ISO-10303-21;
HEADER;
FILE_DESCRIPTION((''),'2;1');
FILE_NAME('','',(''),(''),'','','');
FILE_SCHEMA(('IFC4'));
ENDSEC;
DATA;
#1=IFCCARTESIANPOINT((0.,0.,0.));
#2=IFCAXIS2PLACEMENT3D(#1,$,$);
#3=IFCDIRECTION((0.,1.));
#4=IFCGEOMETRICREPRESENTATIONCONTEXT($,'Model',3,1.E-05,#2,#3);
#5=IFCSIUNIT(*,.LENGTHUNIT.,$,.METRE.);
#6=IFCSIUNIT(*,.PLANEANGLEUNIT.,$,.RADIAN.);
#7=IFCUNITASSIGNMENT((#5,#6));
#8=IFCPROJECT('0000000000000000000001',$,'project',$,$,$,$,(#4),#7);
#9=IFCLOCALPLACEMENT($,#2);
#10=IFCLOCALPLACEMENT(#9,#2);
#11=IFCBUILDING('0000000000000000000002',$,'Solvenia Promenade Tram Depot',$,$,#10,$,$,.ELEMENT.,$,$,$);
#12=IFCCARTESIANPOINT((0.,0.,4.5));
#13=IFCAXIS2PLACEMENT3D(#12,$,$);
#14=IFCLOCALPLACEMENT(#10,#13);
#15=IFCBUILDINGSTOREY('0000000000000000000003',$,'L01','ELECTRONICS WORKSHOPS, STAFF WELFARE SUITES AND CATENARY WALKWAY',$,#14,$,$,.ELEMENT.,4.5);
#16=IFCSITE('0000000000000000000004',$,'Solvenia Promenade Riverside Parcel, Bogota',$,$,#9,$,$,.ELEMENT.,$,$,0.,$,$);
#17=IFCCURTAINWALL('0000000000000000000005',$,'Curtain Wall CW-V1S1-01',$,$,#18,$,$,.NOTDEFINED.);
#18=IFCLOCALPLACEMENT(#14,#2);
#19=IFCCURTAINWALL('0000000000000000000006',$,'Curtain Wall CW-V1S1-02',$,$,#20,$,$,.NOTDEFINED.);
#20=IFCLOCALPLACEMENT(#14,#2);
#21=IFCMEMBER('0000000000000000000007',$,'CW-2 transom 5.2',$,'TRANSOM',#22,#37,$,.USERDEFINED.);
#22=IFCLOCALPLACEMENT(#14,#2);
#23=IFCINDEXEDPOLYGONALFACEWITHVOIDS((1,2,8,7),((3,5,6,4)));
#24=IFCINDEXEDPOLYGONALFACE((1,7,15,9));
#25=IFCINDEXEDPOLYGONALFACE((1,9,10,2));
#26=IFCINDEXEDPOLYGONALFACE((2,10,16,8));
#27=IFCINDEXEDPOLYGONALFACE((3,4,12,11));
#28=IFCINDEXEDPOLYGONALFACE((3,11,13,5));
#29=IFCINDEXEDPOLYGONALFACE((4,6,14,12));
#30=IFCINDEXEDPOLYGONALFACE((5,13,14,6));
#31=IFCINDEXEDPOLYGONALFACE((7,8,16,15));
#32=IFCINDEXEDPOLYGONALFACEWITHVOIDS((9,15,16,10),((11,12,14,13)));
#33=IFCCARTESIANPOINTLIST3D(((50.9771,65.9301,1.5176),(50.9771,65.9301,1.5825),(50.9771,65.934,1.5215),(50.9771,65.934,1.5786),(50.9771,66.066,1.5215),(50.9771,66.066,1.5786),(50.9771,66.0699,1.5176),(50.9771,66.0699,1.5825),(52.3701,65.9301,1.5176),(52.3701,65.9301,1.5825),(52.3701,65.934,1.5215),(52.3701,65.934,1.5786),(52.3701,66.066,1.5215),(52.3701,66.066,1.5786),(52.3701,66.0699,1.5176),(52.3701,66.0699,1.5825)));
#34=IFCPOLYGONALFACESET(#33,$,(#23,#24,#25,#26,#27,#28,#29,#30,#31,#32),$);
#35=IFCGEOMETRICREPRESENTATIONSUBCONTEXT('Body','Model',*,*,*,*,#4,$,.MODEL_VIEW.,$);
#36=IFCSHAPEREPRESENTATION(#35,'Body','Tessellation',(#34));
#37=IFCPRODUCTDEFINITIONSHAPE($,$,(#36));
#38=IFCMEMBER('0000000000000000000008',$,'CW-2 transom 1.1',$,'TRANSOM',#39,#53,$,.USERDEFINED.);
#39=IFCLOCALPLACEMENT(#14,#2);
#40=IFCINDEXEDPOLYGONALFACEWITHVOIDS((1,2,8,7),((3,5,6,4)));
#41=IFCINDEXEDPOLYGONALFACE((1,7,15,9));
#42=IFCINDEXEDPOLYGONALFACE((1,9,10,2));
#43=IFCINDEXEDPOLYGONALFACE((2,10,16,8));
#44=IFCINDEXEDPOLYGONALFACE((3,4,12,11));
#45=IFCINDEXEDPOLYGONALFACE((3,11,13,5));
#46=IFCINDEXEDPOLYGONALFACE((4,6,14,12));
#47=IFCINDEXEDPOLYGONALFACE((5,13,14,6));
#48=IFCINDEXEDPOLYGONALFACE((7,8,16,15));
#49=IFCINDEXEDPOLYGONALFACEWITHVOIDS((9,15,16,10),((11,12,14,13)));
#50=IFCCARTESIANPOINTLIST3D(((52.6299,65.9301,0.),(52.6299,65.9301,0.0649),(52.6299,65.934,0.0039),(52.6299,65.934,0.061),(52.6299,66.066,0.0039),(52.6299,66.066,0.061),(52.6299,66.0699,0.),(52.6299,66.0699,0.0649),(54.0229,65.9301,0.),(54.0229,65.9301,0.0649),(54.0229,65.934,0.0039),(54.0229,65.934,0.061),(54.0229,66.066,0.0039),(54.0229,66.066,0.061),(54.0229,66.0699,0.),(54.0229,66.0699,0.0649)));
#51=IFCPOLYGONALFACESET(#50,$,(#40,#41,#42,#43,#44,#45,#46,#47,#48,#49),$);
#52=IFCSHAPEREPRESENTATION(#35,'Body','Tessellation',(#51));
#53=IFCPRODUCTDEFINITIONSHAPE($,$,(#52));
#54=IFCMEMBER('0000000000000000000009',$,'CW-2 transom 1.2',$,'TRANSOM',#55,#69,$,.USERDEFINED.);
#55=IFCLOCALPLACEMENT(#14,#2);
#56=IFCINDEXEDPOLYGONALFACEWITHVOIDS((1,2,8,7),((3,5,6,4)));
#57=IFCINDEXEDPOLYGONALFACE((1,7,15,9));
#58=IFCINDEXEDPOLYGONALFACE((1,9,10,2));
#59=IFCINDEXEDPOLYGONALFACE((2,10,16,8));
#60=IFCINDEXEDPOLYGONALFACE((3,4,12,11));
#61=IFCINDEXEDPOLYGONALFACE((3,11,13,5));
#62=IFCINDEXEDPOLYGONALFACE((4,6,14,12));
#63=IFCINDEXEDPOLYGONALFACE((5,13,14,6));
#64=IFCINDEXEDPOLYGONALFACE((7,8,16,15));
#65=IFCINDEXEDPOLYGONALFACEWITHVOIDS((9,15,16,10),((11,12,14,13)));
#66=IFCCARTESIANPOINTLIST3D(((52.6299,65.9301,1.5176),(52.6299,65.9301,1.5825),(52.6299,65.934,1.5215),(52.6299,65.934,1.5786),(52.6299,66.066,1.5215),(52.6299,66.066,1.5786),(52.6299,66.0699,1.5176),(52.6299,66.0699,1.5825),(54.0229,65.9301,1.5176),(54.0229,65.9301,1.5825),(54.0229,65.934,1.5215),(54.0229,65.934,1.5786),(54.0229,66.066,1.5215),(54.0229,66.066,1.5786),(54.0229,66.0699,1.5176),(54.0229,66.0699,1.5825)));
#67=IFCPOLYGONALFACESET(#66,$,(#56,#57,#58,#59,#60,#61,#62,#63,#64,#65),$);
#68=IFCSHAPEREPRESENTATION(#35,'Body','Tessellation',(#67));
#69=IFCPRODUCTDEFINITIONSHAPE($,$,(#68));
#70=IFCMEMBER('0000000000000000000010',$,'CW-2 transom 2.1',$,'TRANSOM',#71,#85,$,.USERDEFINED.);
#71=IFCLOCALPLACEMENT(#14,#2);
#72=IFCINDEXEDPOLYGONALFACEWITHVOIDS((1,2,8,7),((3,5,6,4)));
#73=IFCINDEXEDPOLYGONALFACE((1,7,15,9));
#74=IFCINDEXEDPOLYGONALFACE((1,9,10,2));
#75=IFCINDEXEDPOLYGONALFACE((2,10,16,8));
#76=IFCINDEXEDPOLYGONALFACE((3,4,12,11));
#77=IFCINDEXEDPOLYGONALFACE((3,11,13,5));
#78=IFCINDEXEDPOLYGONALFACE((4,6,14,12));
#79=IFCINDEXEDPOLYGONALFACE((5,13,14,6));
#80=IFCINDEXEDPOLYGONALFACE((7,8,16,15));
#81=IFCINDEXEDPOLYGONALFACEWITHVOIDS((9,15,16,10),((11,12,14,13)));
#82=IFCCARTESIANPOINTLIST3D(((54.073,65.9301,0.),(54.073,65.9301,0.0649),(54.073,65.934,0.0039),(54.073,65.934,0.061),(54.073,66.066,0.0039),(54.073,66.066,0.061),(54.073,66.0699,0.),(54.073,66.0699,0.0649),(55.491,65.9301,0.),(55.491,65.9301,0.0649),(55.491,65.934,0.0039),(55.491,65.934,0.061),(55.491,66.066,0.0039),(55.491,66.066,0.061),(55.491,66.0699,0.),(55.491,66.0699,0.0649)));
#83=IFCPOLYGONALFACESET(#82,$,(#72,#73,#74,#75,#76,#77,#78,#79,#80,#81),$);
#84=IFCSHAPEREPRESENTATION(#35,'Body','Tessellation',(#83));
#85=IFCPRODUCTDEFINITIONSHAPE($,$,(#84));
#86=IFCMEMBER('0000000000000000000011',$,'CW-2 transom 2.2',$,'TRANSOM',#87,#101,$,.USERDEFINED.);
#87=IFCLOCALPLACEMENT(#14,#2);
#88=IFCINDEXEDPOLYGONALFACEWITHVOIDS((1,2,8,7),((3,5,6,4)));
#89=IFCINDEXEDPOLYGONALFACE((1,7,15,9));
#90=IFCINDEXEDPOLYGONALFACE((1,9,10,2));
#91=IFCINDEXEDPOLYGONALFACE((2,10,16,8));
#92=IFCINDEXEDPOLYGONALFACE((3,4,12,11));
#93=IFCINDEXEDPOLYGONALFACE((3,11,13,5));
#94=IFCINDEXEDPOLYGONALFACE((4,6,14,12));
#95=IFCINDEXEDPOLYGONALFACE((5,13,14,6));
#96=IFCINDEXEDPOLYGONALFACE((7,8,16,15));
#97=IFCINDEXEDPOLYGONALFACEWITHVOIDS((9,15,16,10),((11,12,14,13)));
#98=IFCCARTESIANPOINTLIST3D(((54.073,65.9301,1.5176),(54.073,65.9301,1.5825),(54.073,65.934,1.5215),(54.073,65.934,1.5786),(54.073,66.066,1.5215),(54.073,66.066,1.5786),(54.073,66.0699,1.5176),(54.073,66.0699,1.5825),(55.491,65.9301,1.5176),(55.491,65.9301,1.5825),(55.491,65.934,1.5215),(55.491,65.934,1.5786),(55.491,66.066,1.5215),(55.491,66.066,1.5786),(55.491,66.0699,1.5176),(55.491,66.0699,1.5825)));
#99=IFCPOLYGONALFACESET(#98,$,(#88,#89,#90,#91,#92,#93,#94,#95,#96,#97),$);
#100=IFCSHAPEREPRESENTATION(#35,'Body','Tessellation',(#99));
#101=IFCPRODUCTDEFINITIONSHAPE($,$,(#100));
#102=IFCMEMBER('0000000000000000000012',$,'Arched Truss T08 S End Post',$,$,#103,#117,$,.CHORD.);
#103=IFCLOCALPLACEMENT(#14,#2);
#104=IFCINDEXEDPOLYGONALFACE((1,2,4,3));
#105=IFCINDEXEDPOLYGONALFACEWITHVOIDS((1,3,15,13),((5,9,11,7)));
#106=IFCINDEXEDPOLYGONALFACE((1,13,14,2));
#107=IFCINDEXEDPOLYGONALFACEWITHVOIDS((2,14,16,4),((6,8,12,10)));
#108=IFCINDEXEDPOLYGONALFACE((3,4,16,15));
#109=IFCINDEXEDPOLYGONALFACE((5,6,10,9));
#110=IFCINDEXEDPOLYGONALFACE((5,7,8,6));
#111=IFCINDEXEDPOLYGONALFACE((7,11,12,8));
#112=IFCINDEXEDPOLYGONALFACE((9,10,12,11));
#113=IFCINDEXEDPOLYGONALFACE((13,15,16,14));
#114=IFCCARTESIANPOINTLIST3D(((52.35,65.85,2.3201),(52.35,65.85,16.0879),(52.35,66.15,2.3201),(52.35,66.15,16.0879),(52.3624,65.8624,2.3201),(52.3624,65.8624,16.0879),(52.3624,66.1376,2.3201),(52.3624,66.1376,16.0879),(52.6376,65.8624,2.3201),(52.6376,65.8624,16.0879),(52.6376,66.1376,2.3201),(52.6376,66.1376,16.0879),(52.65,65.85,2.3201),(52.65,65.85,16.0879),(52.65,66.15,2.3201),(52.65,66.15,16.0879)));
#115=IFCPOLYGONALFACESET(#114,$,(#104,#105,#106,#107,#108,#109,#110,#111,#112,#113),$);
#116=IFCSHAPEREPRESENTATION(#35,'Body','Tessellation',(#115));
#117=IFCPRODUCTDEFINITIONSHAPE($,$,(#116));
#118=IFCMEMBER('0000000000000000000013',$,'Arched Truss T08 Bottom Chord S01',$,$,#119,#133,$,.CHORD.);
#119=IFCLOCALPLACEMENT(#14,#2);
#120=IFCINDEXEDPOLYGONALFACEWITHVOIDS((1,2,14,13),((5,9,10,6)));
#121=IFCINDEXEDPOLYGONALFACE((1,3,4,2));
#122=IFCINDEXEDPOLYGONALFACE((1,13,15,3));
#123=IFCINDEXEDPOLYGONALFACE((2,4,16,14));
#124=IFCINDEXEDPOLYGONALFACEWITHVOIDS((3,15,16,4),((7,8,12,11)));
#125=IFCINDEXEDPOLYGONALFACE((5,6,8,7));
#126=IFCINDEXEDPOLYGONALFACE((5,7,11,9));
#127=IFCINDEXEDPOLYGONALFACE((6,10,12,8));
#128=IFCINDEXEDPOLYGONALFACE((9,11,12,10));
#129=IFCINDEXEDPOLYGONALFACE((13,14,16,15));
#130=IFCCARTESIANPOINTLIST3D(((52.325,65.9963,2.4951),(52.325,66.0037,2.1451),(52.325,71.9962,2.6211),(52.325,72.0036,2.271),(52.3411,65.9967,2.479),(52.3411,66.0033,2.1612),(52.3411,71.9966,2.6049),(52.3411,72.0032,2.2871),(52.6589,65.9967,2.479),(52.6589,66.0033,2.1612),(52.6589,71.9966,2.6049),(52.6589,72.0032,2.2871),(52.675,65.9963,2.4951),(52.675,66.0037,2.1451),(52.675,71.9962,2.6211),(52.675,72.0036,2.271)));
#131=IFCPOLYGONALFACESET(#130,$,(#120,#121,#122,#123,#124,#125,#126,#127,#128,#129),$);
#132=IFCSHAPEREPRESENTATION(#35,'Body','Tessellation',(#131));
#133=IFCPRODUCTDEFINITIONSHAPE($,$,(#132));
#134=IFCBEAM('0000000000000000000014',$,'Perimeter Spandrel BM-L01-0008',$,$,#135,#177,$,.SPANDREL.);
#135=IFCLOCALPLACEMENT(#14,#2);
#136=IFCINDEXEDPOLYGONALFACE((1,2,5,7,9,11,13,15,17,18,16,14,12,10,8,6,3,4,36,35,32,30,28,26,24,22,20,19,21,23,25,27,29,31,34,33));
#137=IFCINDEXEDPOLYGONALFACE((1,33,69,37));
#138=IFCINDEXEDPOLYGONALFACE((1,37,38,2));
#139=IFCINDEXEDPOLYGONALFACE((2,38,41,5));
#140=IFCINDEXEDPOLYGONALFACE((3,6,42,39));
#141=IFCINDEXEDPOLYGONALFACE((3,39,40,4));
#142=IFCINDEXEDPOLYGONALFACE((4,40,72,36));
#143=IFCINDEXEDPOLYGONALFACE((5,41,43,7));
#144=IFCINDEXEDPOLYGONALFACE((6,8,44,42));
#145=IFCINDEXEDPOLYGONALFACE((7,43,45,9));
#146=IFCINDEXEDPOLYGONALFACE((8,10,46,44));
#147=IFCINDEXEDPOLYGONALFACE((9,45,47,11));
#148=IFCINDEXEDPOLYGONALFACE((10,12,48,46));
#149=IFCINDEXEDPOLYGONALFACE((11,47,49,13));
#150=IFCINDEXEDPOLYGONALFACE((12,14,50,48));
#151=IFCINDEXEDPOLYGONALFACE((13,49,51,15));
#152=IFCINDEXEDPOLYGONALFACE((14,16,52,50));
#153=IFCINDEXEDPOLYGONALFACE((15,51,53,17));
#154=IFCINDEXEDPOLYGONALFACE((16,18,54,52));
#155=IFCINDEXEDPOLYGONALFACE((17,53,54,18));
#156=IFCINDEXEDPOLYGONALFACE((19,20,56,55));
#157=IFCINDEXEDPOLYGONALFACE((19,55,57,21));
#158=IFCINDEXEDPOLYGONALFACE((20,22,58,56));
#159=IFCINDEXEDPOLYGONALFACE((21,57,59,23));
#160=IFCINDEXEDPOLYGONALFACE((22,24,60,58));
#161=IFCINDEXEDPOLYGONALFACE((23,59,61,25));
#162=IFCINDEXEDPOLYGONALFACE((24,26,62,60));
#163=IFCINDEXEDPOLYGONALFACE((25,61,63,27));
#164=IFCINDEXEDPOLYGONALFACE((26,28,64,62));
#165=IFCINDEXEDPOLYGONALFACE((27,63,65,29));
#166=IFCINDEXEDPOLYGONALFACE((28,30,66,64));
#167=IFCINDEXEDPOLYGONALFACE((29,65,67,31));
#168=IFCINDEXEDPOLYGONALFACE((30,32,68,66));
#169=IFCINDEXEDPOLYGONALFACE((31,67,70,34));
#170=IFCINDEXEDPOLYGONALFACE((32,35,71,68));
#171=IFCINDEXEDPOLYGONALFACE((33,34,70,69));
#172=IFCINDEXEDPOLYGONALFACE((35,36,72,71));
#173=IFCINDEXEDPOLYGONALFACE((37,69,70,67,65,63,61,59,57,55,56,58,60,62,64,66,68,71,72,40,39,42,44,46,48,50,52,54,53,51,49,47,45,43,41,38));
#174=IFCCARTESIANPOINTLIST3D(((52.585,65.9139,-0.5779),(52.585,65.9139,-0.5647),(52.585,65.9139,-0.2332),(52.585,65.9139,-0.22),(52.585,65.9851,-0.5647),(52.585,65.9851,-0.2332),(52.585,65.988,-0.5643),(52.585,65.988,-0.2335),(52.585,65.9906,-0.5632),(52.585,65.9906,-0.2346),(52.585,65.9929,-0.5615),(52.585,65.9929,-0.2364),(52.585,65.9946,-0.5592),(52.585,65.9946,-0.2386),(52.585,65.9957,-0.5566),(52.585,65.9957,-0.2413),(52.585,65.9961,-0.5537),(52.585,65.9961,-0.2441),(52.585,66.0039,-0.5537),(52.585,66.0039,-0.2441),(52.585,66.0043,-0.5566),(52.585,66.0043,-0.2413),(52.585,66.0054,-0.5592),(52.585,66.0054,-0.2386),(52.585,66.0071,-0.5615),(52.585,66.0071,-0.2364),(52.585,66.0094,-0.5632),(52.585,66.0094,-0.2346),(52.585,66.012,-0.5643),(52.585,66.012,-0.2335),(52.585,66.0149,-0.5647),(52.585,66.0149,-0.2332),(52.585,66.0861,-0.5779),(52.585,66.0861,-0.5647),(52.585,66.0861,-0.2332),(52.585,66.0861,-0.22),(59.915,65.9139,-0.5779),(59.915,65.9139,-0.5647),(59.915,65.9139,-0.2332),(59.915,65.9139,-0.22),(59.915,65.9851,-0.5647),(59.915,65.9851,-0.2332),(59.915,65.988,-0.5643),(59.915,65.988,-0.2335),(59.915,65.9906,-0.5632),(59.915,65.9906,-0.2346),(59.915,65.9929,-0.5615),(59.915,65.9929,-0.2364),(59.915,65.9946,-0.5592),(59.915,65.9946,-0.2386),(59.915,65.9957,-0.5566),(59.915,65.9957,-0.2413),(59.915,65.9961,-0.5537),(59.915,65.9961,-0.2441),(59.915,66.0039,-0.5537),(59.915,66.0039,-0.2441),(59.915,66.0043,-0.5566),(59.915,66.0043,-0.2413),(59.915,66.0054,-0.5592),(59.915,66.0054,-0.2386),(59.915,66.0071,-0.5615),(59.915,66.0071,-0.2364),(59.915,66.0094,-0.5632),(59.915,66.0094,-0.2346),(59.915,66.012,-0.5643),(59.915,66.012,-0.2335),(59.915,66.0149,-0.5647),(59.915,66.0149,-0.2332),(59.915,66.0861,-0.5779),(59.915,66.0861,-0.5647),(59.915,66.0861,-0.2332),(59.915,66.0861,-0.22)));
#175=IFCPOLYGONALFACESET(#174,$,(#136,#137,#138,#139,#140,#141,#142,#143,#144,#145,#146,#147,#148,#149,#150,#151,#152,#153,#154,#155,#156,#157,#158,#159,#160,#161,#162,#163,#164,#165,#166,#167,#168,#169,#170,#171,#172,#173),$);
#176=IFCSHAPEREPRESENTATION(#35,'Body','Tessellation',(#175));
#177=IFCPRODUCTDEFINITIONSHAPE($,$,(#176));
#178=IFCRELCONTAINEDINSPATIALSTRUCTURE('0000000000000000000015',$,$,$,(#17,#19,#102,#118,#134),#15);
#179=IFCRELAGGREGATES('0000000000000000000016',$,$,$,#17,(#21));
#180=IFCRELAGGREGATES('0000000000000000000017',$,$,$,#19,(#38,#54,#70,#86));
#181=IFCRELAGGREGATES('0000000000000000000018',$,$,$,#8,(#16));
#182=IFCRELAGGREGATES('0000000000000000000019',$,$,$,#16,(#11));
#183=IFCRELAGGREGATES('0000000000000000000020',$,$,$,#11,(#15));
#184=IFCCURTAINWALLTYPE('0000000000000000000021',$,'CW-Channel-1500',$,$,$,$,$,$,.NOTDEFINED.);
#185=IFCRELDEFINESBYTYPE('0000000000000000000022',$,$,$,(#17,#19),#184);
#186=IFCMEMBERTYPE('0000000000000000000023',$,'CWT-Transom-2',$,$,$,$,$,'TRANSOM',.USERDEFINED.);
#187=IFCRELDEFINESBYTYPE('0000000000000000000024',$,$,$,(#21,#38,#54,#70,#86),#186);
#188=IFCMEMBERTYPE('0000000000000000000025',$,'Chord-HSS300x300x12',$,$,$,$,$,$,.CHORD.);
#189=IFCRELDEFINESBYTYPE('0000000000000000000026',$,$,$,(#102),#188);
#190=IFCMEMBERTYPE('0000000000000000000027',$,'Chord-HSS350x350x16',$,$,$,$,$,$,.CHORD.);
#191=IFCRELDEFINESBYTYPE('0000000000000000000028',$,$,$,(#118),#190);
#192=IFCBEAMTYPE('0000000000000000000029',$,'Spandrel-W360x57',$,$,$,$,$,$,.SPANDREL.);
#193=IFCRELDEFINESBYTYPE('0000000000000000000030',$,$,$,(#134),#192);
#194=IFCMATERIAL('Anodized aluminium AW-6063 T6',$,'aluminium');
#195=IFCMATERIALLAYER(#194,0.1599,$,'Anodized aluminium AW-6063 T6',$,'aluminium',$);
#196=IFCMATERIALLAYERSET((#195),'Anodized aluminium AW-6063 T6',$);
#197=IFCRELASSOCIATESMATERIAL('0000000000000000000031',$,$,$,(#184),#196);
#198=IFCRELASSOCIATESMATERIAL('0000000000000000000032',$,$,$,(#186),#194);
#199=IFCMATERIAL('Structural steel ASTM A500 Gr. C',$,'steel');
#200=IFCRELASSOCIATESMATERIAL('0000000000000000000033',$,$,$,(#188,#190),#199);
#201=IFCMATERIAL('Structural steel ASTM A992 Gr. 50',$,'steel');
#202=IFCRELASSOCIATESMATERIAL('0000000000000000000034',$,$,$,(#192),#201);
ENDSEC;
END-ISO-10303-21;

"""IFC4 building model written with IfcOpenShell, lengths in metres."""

from ifc_helpers import new_model, si_unit, direction, frame, origin, origin_2d, place, context, subcontext, project, spatial, hollow_rectangle, i_section, extrude, material, layer, layer_set, material_profile, profile_set, type_object, element, aggregate, save


model = new_model("IFC4")

# Units and contexts
model_context = context("Model", 3, precision=1e-05, world=origin(), true_north=direction((0.0, 1.0)))
body_context = subcontext(model_context, "Body", "Model", "MODEL_VIEW")
ifc_project = project(units=[si_unit("LENGTHUNIT", "METRE"), si_unit("PLANEANGLEUNIT", "RADIAN")], contexts=[model_context])

# Site, building, storey
site_placement = place(None, origin())
site = spatial("IfcSite", under=ifc_project, at=site_placement, Name="Solvenia Promenade Riverside Parcel, Bogota", CompositionType="ELEMENT", RefElevation=0.0)
building_placement = place(site_placement, origin())
building = spatial("IfcBuilding", under=site, at=building_placement, Name="Solvenia Promenade Tram Depot", CompositionType="ELEMENT")
storey_placement = place(building_placement, frame((0.0, 0.0, 4.5)))
storey = spatial("IfcBuildingStorey", under=building, at=storey_placement, Name="L01", Description="ELECTRONICS WORKSHOPS, STAFF WELFARE SUITES AND CATENARY WALKWAY", CompositionType="ELEMENT", Elevation=4.5)

# Shared definitions
ifc_material_1 = material(Name="Structural steel ASTM A992 Gr. 50", Category="steel")

# Shared definitions
ifc_material_2 = material(Name="Structural steel ASTM A500 Gr. C", Category="steel")

# Curtain walls
ifc_material_3 = material(Name="Anodized aluminium AW-6063 T6", Category="aluminium")
ifc_layer_1 = layer(ifc_material_3, 0.1599, Name="Anodized aluminium AW-6063 T6", Category="aluminium")
ifc_layer_set_1 = layer_set([ifc_layer_1], Name="Anodized aluminium AW-6063 T6")
curtain_wall_type = type_object("IfcCurtainWallType", Name="CW-Channel-1500", PredefinedType="NOTDEFINED", material=ifc_layer_set_1)
curtain_wall_1_placement = place(storey_placement, origin())
curtain_wall_1 = element("IfcCurtainWall", 1, at=curtain_wall_1_placement, inside=storey, type_object=curtain_wall_type, Name="Curtain Wall CW-V1S1-01", PredefinedType="NOTDEFINED")
curtain_wall_2_placement = place(storey_placement, origin())
curtain_wall_2 = element("IfcCurtainWall", 2, at=curtain_wall_2_placement, inside=storey, type_object=curtain_wall_type, Name="Curtain Wall CW-V1S1-02", PredefinedType="NOTDEFINED")

# Members
ifc_material_profile_1 = material_profile(ifc_material_3, hollow_rectangle(XDim=0.1399, YDim=0.0649, WallThickness=0.0039, at=origin_2d()), Name="ALU-T2", Category="aluminium")
ifc_profile_set_1 = profile_set([ifc_material_profile_1], Name="Anodized aluminium AW-6063 T6")
member_type_1 = type_object("IfcMemberType", Name="CWT-Transom-2", ElementType="TRANSOM", PredefinedType="USERDEFINED", material=ifc_profile_set_1)
member_1_placement = place(storey_placement, frame((50.9771, 66.0, 1.55), z_axis=(1.0, 0.0, 0.0), x_axis=(0.0, 1.0, 0.0)))
member_1 = element("IfcMember", 3, at=member_1_placement, type_object=member_type_1, Name="CW-2 transom 5.2", ObjectType="TRANSOM", PredefinedType="USERDEFINED", context=body_context, shape_type="SweptSolid", body=[
    extrude(hollow_rectangle(XDim=0.1399, YDim=0.0649, WallThickness=0.0039, at=origin_2d()), origin(), (0.0, 0.0, 1.0), 1.3931),
])
member_2_placement = place(storey_placement, frame((52.6299, 66.0, 0.0325), z_axis=(1.0, 0.0, 0.0), x_axis=(0.0, 1.0, 0.0)))
member_2 = element("IfcMember", 4, at=member_2_placement, type_object=member_type_1, Name="CW-2 transom 1.1", ObjectType="TRANSOM", PredefinedType="USERDEFINED", context=body_context, shape_type="SweptSolid", body=[
    extrude(hollow_rectangle(XDim=0.1399, YDim=0.0649, WallThickness=0.0039, at=origin_2d()), origin(), (0.0, 0.0, 1.0), 1.3931),
])
member_3_placement = place(storey_placement, frame((52.6299, 66.0, 1.55), z_axis=(1.0, 0.0, 0.0), x_axis=(0.0, 1.0, 0.0)))
member_3 = element("IfcMember", 5, at=member_3_placement, type_object=member_type_1, Name="CW-2 transom 1.2", ObjectType="TRANSOM", PredefinedType="USERDEFINED", context=body_context, shape_type="SweptSolid", body=[
    extrude(hollow_rectangle(XDim=0.1399, YDim=0.0649, WallThickness=0.0039, at=origin_2d()), origin(), (0.0, 0.0, 1.0), 1.3931),
])
member_4_placement = place(storey_placement, frame((54.073, 66.0, 0.0325), z_axis=(1.0, 0.0, 0.0), x_axis=(0.0, 1.0, 0.0)))
member_4 = element("IfcMember", 6, at=member_4_placement, type_object=member_type_1, Name="CW-2 transom 2.1", ObjectType="TRANSOM", PredefinedType="USERDEFINED", context=body_context, shape_type="SweptSolid", body=[
    extrude(hollow_rectangle(XDim=0.1399, YDim=0.0649, WallThickness=0.0039, at=origin_2d()), origin(), (0.0, 0.0, 1.0), 1.418),
])
member_5_placement = place(storey_placement, frame((54.073, 66.0, 1.55), z_axis=(1.0, 0.0, 0.0), x_axis=(0.0, 1.0, 0.0)))
member_5 = element("IfcMember", 7, at=member_5_placement, type_object=member_type_1, Name="CW-2 transom 2.2", ObjectType="TRANSOM", PredefinedType="USERDEFINED", context=body_context, shape_type="SweptSolid", body=[
    extrude(hollow_rectangle(XDim=0.1399, YDim=0.0649, WallThickness=0.0039, at=origin_2d()), origin(), (0.0, 0.0, 1.0), 1.418),
])

# Members
ifc_material_profile_2 = material_profile(ifc_material_2, hollow_rectangle(XDim=0.3, YDim=0.3, WallThickness=0.0125, at=origin_2d()), Name="HSS300x300x12.5", Category="steel")
ifc_profile_set_2 = profile_set([ifc_material_profile_2], Name="Structural steel ASTM A500 Gr. C")
member_type_2 = type_object("IfcMemberType", Name="Chord-HSS300x300x12", PredefinedType="CHORD", material=ifc_profile_set_2)
member_6_placement = place(storey_placement, frame((52.5, 66.0, 2.3201), z_axis=(0.0, 0.0, 1.0), x_axis=(1.0, 0.0, 0.0)))
element("IfcMember", 8, at=member_6_placement, inside=storey, type_object=member_type_2, Name="Arched Truss T08 S End Post", PredefinedType="CHORD", context=body_context, shape_type="SweptSolid", body=[
    extrude(hollow_rectangle(XDim=0.3, YDim=0.3, WallThickness=0.0125, at=origin_2d()), origin(), (0.0, 0.0, 1.0), 13.7678),
])
ifc_material_profile_3 = material_profile(ifc_material_2, hollow_rectangle(XDim=0.3501, YDim=0.3501, WallThickness=0.0161, at=origin_2d()), Name="HSS350x350x16", Category="steel")
ifc_profile_set_3 = profile_set([ifc_material_profile_3], Name="Structural steel ASTM A500 Gr. C")
member_type_3 = type_object("IfcMemberType", Name="Chord-HSS350x350x16", PredefinedType="CHORD", material=ifc_profile_set_3)
member_7_placement = place(storey_placement, frame((52.5, 66.0, 2.3201), z_axis=(0.0, 0.99978, 0.020991), x_axis=(-1.0, 0.0, 0.0)))
element("IfcMember", 9, at=member_7_placement, inside=storey, type_object=member_type_3, Name="Arched Truss T08 Bottom Chord S01", PredefinedType="CHORD", context=body_context, shape_type="SweptSolid", body=[
    extrude(hollow_rectangle(XDim=0.3501, YDim=0.3501, WallThickness=0.0161, at=origin_2d()), origin(), (0.0, 0.0, 1.0), 6.0012),
])

# Beam
ifc_material_profile_4 = material_profile(ifc_material_1, i_section(OverallWidth=0.1721, OverallDepth=0.3579, WebThickness=0.0078, FlangeThickness=0.0132, FilletRadius=0.011, at=origin_2d()), Name="W360x57", Category="steel")
ifc_profile_set_4 = profile_set([ifc_material_profile_4], Name="Structural steel ASTM A992 Gr. 50")
beam_type = type_object("IfcBeamType", Name="Spandrel-W360x57", PredefinedType="SPANDREL", material=ifc_profile_set_4)
beam_placement = place(storey_placement, frame((52.585, 66.0, -0.3989), z_axis=(1.0, 0.0, 0.0), x_axis=(0.0, 1.0, 0.0)))
element("IfcBeam", 10, at=beam_placement, inside=storey, type_object=beam_type, Name="Perimeter Spandrel BM-L01-0008", PredefinedType="SPANDREL", context=body_context, shape_type="SweptSolid", body=[
    extrude(i_section(OverallWidth=0.1721, OverallDepth=0.3579, WebThickness=0.0078, FlangeThickness=0.0132, FilletRadius=0.011, at=origin_2d()), origin(), (0.0, 0.0, 1.0), 7.3301),
])

aggregate(curtain_wall_1, [member_1])
aggregate(curtain_wall_2, [member_2, member_3, member_4, member_5])

save(model, "model.ifc")
